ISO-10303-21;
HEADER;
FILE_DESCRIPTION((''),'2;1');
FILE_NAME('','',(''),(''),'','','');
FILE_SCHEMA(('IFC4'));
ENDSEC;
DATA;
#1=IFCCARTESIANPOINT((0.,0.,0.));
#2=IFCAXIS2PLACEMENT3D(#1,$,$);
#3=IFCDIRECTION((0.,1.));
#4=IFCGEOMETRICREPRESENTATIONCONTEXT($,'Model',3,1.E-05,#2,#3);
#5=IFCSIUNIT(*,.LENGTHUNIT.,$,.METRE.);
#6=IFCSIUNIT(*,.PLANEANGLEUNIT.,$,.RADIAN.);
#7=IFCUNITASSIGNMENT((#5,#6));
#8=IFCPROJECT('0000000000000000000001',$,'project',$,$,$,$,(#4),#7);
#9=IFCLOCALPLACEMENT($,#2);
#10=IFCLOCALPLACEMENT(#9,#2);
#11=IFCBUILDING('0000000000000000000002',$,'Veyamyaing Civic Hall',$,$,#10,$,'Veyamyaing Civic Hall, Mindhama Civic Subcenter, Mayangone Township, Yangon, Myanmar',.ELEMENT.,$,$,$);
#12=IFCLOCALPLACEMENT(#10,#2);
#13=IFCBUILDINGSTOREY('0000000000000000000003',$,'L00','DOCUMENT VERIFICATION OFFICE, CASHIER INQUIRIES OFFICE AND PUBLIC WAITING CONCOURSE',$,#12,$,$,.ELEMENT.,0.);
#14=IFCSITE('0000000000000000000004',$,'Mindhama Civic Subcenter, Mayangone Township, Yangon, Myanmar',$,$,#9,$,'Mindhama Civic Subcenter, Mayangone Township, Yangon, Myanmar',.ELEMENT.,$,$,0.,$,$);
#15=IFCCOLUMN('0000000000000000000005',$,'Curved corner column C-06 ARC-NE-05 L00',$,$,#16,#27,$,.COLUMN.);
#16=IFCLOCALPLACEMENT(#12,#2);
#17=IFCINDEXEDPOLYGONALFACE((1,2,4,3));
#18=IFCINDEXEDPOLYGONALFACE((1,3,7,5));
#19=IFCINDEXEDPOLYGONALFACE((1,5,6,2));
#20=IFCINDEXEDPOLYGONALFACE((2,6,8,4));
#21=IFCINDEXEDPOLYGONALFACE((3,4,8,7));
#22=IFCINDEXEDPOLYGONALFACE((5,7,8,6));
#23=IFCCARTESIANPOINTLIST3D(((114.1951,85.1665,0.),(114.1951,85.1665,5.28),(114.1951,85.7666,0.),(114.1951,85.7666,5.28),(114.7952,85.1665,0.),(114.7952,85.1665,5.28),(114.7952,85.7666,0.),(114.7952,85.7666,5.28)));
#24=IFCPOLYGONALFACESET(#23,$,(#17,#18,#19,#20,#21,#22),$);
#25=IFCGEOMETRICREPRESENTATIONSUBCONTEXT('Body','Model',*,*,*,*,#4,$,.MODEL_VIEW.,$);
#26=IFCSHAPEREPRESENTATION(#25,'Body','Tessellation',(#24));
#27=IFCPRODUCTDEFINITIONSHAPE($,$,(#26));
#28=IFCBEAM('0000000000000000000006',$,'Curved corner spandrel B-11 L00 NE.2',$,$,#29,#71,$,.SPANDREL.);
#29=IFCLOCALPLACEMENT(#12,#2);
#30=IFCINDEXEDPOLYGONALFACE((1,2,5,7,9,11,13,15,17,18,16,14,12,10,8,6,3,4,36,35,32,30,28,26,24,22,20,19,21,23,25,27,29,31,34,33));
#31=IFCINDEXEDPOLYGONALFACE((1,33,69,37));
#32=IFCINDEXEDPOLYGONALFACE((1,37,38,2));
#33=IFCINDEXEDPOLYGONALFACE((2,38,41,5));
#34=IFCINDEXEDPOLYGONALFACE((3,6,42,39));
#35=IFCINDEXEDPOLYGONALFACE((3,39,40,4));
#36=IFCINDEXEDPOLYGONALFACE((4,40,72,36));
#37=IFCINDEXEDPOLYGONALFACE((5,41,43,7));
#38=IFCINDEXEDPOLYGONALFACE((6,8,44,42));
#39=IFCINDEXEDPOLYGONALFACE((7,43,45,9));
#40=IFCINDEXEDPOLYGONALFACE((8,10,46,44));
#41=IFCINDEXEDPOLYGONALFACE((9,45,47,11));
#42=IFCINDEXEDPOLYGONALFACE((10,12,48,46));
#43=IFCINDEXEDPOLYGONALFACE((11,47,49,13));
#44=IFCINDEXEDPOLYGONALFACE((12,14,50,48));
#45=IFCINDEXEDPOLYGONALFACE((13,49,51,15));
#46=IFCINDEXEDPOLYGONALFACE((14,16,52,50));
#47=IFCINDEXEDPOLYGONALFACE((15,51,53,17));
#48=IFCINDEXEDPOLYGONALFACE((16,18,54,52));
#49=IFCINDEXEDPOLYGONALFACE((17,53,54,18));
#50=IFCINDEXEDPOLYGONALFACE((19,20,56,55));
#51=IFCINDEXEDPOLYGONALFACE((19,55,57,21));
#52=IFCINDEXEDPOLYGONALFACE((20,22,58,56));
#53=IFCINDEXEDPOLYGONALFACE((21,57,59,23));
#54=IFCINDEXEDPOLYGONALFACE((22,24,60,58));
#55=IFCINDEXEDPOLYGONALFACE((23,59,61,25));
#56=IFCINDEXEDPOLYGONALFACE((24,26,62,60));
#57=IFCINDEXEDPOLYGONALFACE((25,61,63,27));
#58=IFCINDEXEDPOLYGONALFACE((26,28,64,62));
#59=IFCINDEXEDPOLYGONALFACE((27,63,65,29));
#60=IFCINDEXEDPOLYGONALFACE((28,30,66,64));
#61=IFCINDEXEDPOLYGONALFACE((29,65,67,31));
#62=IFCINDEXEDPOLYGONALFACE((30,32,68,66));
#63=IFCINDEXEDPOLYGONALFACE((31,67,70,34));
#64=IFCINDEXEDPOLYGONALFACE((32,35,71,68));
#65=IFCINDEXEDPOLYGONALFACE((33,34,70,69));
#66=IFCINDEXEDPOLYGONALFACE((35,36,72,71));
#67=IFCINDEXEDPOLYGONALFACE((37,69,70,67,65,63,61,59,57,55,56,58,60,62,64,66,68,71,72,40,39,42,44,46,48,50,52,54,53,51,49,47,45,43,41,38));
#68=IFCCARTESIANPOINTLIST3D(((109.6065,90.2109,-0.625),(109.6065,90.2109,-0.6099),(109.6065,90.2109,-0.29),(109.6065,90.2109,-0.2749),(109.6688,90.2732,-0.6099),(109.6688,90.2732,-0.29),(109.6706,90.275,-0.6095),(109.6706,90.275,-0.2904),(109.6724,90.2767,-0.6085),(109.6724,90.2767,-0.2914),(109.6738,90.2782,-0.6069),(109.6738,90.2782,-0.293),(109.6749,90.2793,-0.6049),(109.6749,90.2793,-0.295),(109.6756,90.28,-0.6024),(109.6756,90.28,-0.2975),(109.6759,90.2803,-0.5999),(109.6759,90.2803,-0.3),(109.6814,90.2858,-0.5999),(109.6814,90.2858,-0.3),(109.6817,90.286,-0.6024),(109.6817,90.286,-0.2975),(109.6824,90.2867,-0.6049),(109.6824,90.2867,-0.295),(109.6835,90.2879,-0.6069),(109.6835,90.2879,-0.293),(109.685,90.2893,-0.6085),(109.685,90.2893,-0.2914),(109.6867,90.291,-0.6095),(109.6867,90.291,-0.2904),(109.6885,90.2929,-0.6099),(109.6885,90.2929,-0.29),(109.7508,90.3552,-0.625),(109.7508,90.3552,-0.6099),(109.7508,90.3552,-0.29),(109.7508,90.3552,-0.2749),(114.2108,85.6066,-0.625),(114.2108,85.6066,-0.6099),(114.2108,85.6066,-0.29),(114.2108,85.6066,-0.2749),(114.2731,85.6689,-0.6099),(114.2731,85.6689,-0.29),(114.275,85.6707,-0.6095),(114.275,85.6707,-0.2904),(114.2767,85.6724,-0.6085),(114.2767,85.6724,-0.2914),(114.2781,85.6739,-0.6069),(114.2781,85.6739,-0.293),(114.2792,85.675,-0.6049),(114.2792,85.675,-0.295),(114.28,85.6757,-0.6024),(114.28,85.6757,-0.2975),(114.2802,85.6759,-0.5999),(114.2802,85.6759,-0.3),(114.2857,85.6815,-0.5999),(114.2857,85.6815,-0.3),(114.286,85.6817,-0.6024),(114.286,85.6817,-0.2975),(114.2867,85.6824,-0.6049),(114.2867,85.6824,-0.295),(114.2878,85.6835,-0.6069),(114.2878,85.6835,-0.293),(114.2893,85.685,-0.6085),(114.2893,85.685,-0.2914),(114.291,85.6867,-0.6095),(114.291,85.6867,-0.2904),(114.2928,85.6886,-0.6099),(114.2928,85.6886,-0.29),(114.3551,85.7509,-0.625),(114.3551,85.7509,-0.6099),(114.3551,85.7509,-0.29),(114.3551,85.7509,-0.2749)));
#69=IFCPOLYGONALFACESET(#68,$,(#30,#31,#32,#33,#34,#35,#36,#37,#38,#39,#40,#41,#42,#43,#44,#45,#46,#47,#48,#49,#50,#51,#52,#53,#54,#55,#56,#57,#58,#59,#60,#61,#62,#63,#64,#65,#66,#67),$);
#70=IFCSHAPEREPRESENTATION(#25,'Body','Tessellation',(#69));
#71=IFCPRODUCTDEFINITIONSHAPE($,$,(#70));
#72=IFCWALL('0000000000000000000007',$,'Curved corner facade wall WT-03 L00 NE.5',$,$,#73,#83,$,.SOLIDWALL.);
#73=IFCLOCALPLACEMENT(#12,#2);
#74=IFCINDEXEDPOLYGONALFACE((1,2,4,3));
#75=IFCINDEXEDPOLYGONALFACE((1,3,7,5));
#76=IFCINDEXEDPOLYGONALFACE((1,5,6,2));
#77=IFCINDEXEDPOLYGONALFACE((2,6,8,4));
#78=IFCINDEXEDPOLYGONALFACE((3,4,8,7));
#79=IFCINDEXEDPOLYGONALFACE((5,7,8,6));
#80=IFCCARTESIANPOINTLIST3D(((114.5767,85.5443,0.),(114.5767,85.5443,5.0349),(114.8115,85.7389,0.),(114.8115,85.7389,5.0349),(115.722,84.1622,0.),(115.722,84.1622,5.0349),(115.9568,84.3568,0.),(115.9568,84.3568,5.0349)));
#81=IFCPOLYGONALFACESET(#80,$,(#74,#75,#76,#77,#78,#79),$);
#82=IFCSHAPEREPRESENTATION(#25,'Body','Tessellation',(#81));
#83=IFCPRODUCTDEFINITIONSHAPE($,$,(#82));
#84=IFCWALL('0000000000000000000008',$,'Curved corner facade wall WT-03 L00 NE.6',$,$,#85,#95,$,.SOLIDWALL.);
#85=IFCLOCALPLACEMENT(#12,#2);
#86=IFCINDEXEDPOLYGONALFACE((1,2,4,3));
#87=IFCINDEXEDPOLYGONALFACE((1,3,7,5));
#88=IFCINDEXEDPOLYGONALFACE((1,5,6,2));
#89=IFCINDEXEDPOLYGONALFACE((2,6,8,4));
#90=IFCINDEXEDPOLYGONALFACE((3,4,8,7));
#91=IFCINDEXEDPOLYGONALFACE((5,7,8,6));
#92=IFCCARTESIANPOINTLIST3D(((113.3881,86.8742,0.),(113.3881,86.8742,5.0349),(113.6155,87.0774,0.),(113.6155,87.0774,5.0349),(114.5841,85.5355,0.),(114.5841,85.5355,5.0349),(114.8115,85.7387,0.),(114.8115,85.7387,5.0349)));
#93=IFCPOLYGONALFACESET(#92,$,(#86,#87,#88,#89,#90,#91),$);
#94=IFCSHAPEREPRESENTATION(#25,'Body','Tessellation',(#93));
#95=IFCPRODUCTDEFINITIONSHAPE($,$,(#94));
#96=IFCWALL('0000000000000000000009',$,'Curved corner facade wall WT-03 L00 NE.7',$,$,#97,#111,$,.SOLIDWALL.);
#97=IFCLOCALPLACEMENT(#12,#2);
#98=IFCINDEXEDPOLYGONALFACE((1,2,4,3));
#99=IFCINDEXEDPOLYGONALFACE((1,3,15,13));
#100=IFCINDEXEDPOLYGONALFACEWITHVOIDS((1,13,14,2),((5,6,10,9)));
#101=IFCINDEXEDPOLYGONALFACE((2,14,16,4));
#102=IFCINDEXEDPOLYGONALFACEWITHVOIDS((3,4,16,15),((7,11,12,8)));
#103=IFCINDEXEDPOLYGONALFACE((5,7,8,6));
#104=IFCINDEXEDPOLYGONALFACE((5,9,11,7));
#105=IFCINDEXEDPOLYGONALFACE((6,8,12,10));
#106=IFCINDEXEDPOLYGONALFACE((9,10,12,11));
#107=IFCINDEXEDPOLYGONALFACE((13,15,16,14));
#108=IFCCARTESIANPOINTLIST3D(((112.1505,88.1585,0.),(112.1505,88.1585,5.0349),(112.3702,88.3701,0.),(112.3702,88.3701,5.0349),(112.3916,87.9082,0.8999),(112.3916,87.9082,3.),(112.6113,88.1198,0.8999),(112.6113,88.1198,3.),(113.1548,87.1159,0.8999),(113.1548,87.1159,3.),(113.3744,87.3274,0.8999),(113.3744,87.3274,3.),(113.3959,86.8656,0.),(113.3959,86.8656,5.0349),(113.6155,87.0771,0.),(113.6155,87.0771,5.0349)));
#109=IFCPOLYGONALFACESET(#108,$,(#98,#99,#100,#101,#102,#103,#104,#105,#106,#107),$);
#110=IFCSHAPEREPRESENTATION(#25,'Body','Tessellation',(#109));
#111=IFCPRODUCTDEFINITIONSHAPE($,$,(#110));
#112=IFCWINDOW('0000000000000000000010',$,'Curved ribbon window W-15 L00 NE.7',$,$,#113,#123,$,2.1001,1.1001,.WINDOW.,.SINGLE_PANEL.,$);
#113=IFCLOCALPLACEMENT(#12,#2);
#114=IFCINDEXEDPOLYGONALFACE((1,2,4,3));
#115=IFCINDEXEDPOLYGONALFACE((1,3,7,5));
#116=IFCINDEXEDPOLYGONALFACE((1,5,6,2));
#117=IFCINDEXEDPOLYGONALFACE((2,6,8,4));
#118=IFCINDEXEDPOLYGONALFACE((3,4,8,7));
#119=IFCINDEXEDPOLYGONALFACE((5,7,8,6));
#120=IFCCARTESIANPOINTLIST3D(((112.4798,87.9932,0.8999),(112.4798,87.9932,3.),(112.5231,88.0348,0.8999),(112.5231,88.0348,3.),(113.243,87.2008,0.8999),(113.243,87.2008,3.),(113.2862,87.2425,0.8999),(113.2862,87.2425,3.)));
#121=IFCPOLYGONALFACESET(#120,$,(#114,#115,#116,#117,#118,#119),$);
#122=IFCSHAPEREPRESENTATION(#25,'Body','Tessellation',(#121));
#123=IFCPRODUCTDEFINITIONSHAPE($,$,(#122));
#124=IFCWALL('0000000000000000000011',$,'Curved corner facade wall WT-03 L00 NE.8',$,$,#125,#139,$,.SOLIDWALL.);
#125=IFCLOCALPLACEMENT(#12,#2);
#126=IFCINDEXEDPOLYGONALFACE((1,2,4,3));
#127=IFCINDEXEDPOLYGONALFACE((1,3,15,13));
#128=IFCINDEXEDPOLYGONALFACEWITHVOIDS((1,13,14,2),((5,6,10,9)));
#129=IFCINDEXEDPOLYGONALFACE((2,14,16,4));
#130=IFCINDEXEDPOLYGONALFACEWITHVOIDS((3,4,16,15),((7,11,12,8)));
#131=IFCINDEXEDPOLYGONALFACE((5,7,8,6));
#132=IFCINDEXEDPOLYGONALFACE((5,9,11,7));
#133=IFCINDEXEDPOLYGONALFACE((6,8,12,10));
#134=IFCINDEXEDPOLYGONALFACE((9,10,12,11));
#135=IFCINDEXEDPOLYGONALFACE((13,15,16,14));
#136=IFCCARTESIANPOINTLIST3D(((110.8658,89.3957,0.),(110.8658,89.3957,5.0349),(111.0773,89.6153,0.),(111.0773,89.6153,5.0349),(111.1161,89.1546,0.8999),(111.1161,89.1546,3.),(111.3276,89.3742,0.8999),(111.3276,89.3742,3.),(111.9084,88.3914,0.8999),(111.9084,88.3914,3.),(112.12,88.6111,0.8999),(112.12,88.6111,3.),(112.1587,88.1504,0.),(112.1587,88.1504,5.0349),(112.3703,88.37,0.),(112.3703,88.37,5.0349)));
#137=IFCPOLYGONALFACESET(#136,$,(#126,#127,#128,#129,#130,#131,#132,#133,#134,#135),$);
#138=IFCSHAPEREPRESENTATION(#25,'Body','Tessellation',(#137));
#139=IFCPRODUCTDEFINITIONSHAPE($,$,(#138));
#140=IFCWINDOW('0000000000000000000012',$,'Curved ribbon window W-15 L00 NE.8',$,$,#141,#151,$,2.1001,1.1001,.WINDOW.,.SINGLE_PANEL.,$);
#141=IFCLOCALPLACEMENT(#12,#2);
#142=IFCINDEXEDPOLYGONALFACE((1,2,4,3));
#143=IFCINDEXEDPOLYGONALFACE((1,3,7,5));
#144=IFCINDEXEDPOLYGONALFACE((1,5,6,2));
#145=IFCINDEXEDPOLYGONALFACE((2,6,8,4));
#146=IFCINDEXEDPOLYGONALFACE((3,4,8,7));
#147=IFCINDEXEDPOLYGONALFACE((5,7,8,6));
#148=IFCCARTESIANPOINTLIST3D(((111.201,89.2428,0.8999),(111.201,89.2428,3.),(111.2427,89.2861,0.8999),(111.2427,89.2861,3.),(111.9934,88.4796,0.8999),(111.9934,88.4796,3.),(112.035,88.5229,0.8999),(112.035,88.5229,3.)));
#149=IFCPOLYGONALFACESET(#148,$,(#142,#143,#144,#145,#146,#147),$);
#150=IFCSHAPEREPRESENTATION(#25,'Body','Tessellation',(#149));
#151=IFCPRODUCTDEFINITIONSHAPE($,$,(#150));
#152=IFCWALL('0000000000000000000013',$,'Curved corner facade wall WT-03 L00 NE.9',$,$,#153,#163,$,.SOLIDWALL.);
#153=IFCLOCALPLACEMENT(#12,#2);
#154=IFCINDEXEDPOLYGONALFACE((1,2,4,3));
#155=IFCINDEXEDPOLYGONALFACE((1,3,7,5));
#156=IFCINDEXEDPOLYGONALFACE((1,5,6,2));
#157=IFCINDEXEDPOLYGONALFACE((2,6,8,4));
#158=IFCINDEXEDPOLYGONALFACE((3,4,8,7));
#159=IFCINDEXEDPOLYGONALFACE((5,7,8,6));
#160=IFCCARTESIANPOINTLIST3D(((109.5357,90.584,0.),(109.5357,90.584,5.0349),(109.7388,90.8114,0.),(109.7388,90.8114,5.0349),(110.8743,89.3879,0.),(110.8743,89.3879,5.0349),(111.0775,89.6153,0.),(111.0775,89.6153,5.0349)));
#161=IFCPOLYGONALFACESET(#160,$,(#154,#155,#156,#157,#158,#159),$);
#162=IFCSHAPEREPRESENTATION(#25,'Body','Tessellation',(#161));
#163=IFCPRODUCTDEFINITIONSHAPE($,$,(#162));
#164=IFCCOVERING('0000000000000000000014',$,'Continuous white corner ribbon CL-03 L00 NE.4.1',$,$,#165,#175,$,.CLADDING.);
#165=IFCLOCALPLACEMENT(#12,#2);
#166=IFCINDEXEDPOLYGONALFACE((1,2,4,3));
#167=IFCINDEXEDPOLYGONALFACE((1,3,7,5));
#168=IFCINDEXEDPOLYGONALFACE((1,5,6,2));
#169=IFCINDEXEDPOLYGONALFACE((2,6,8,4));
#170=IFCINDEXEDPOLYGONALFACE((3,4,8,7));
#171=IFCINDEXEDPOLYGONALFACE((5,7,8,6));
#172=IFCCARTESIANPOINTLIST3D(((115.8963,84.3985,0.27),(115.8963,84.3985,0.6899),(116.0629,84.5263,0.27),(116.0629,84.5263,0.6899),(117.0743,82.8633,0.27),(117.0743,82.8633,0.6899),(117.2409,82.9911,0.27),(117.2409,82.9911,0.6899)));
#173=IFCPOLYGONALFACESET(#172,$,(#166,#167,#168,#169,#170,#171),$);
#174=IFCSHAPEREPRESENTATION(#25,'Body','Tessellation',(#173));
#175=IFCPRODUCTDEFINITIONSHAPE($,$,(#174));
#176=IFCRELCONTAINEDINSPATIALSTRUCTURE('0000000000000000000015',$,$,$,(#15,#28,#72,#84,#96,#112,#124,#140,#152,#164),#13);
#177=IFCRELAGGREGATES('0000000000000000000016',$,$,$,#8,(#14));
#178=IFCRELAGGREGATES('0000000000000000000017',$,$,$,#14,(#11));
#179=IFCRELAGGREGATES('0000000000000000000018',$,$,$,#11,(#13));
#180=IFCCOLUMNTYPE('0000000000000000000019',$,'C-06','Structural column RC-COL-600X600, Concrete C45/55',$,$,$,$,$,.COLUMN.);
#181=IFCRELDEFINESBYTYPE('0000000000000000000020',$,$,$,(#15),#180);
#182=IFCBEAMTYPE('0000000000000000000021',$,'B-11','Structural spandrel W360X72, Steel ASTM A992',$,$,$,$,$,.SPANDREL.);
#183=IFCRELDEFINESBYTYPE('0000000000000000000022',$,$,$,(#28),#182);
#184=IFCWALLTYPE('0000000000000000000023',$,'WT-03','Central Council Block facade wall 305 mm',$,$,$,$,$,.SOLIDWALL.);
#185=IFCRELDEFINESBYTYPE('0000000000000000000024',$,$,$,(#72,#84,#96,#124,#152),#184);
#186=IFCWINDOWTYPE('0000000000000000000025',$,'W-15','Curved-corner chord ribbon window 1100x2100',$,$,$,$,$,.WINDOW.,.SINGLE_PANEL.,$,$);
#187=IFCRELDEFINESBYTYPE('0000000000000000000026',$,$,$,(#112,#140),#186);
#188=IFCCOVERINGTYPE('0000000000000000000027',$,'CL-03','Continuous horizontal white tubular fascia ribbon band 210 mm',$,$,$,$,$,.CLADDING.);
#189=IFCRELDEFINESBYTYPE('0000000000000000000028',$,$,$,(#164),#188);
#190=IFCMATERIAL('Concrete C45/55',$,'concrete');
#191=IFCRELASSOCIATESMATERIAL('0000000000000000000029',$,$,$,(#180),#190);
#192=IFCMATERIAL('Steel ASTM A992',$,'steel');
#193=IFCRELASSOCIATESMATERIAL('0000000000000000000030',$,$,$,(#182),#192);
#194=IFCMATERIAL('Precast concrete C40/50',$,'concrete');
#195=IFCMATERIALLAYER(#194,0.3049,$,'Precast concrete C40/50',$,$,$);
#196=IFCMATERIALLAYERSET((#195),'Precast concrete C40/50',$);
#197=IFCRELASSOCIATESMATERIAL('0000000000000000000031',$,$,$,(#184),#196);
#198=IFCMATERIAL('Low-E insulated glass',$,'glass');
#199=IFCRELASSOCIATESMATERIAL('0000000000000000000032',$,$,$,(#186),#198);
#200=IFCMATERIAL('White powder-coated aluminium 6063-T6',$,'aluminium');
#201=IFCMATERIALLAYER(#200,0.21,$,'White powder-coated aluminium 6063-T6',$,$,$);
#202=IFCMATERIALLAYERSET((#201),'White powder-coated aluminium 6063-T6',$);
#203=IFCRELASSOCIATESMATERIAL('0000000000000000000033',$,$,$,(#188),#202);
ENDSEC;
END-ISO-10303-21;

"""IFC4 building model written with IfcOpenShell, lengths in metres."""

from ifc_helpers import new_model, si_unit, direction, frame, frame_2d, origin, origin_2d, place, context, subcontext, project, spatial, rectangle, i_section, extrude, material, layer, layer_set, material_profile, profile_set, type_object, element, fill, save


model = new_model("IFC4")

# Units and contexts
model_context = context("Model", 3, precision=1e-05, world=origin(), true_north=direction((0.0, 1.0)))
body_context = subcontext(model_context, "Body", "Model", "MODEL_VIEW")
ifc_project = project(units=[si_unit("LENGTHUNIT", "METRE"), si_unit("PLANEANGLEUNIT", "RADIAN")], contexts=[model_context])

# Site, building, storey
site_placement = place(None, origin())
site = spatial("IfcSite", under=ifc_project, at=site_placement, Name="Mindhama Civic Subcenter, Mayangone Township, Yangon, Myanmar", LongName="Mindhama Civic Subcenter, Mayangone Township, Yangon, Myanmar", CompositionType="ELEMENT", RefElevation=0.0)
building_placement = place(site_placement, origin())
building = spatial("IfcBuilding", under=site, at=building_placement, Name="Veyamyaing Civic Hall", LongName="Veyamyaing Civic Hall, Mindhama Civic Subcenter, Mayangone Township, Yangon, Myanmar", CompositionType="ELEMENT")
storey_placement = place(building_placement, origin())
storey = spatial("IfcBuildingStorey", under=building, at=storey_placement, Name="L00", Description="DOCUMENT VERIFICATION OFFICE, CASHIER INQUIRIES OFFICE AND PUBLIC WAITING CONCOURSE", CompositionType="ELEMENT", Elevation=0.0)

# Column
ifc_material_1 = material(Name="Concrete C45/55", Category="concrete")
ifc_material_profile_1 = material_profile(ifc_material_1, rectangle(XDim=0.6001, YDim=0.6001, at=origin_2d()), Name="RC-COL-600X600")
ifc_profile_set_1 = profile_set([ifc_material_profile_1], Name="Concrete C45/55")
column_type = type_object("IfcColumnType", Name="C-06", Description="Structural column RC-COL-600X600, Concrete C45/55", PredefinedType="COLUMN", material=ifc_profile_set_1)
column_placement = place(storey_placement, frame((114.4951, 85.4666, 0.0), z_axis=(0.0, 0.0, 1.0), x_axis=(1.0, 0.0, 0.0)))
element("IfcColumn", 1, at=column_placement, inside=storey, type_object=column_type, Name="Curved corner column C-06 ARC-NE-05 L00", PredefinedType="COLUMN", context=body_context, shape_type="SweptSolid", body=[
    extrude(rectangle(XDim=0.6001, YDim=0.6001, at=origin_2d()), origin(), (0.0, 0.0, 1.0), 5.28),
])

# Beam
ifc_material_2 = material(Name="Steel ASTM A992", Category="steel")
ifc_material_profile_2 = material_profile(ifc_material_2, i_section(OverallWidth=0.2041, OverallDepth=0.3501, WebThickness=0.0078, FlangeThickness=0.0151, FilletRadius=0.01, at=origin_2d()), Name="W360X72")
ifc_profile_set_2 = profile_set([ifc_material_profile_2], Name="Steel ASTM A992")
beam_type = type_object("IfcBeamType", Name="B-11", Description="Structural spandrel W360X72, Steel ASTM A992", PredefinedType="SPANDREL", material=ifc_profile_set_2)
beam_placement = place(storey_placement, frame((114.283, 85.6787, -0.45), z_axis=(-0.707107, 0.707107, 0.0), x_axis=(-0.707107, -0.707107, 0.0)))
element("IfcBeam", 2, at=beam_placement, inside=storey, type_object=beam_type, Name="Curved corner spandrel B-11 L00 NE.2", PredefinedType="SPANDREL", context=body_context, shape_type="SweptSolid", body=[
    extrude(i_section(OverallWidth=0.2041, OverallDepth=0.3501, WebThickness=0.0078, FlangeThickness=0.0151, FilletRadius=0.01, at=origin_2d()), origin(), (0.0, 0.0, 1.0), 6.5115),
])

# Walls
ifc_material_3 = material(Name="Precast concrete C40/50", Category="concrete")
ifc_layer_1 = layer(ifc_material_3, 0.3049, Name="Precast concrete C40/50")
ifc_layer_set_1 = layer_set([ifc_layer_1], Name="Precast concrete C40/50")
wall_type = type_object("IfcWallType", Name="WT-03", Description="Central Council Block facade wall 305 mm", PredefinedType="SOLIDWALL", material=ifc_layer_set_1)
wall_1_placement = place(storey_placement, frame((115.8394, 84.2595, 0.0), z_axis=(0.0, 0.0, 1.0), x_axis=(-0.638055, 0.769991, 0.0)))
element("IfcWall", 3, at=wall_1_placement, inside=storey, type_object=wall_type, Name="Curved corner facade wall WT-03 L00 NE.5", PredefinedType="SOLIDWALL", context=body_context, shape_type="SweptSolid", body=[
    extrude(rectangle(XDim=1.7949, YDim=0.3049, at=frame_2d((0.8975, 0.0))), origin(), (0.0, 0.0, 1.0), 5.0349),
])
wall_2_placement = place(storey_placement, frame((114.6978, 85.6372, 0.0), z_axis=(0.0, 0.0, 1.0), x_axis=(-0.666278, 0.745704, 0.0)))
element("IfcWall", 4, at=wall_2_placement, inside=storey, type_object=wall_type, Name="Curved corner facade wall WT-03 L00 NE.6", PredefinedType="SOLIDWALL", context=body_context, shape_type="SweptSolid", body=[
    extrude(rectangle(XDim=1.7952, YDim=0.3049, at=frame_2d((0.8975, 0.0))), origin(), (0.0, 0.0, 1.0), 5.0349),
])

# Walls, openings, windows
wall_3_placement = place(storey_placement, frame((113.5056, 86.9714, 0.0), z_axis=(0.0, 0.0, 1.0), x_axis=(-0.693723, 0.720242, 0.0)))
wall_3 = element("IfcWall", 5, at=wall_3_placement, inside=storey, type_object=wall_type, Name="Curved corner facade wall WT-03 L00 NE.7", PredefinedType="SOLIDWALL", context=body_context, shape_type="SweptSolid", body=[
    extrude(rectangle(XDim=1.7952, YDim=0.3049, at=frame_2d((0.8975, 0.0))), origin(), (0.0, 0.0, 1.0), 5.0349),
])
opening_1_placement = place(wall_3_placement, frame((0.3474, 0.0, 0.8999)))
opening_1 = element("IfcOpeningElement", 6, at=opening_1_placement, cuts=wall_3, PredefinedType="OPENING", context=body_context, shape_type="SweptSolid", body=[
    extrude(rectangle(XDim=1.1001, YDim=2.1001, at=frame_2d((0.55, 1.05))), frame((0.0, 0.1624, 0.0), z_axis=(0.0, -1.0, 0.0), x_axis=(1.0, 0.0, 0.0)), (0.0, 0.0, 1.0), 0.325),
])
ifc_material_4 = material(Name="Low-E insulated glass", Category="glass")
window_type = type_object("IfcWindowType", Name="W-15", Description="Curved-corner chord ribbon window 1100x2100", PartitioningType="SINGLE_PANEL", PredefinedType="WINDOW", material=ifc_material_4)
window_1_placement = place(opening_1_placement, origin())
window_1 = element("IfcWindow", 7, at=window_1_placement, inside=storey, type_object=window_type, Name="Curved ribbon window W-15 L00 NE.7", OverallHeight=2.1001, OverallWidth=1.1001, PartitioningType="SINGLE_PANEL", PredefinedType="WINDOW", context=body_context, shape_type="SweptSolid", body=[
    extrude(rectangle(XDim=1.1001, YDim=2.1001, at=frame_2d((0.55, 1.05))), frame((0.0, 0.03, 0.0), z_axis=(0.0, -1.0, 0.0), x_axis=(1.0, 0.0, 0.0)), (0.0, 0.0, 1.0), 0.0601),
])
fill(opening_1, window_1)
wall_4_placement = place(storey_placement, frame((112.2644, 88.2603, 0.0), z_axis=(0.0, 0.0, 1.0), x_axis=(-0.720242, 0.693723, 0.0)))
wall_4 = element("IfcWall", 8, at=wall_4_placement, inside=storey, type_object=wall_type, Name="Curved corner facade wall WT-03 L00 NE.8", PredefinedType="SOLIDWALL", context=body_context, shape_type="SweptSolid", body=[
    extrude(rectangle(XDim=1.7952, YDim=0.3049, at=frame_2d((0.8975, 0.0))), origin(), (0.0, 0.0, 1.0), 5.0349),
])
opening_2_placement = place(wall_4_placement, frame((0.3474, 0.0, 0.8999)))
opening_2 = element("IfcOpeningElement", 9, at=opening_2_placement, cuts=wall_4, PredefinedType="OPENING", context=body_context, shape_type="SweptSolid", body=[
    extrude(rectangle(XDim=1.1001, YDim=2.1001, at=frame_2d((0.55, 1.05))), frame((0.0, 0.1624, 0.0), z_axis=(0.0, -1.0, 0.0), x_axis=(1.0, 0.0, 0.0)), (0.0, 0.0, 1.0), 0.325),
])
window_2_placement = place(opening_2_placement, origin())
window_2 = element("IfcWindow", 10, at=window_2_placement, inside=storey, type_object=window_type, Name="Curved ribbon window W-15 L00 NE.8", OverallHeight=2.1001, OverallWidth=1.1001, PartitioningType="SINGLE_PANEL", PredefinedType="WINDOW", context=body_context, shape_type="SweptSolid", body=[
    extrude(rectangle(XDim=1.1001, YDim=2.1001, at=frame_2d((0.55, 1.05))), frame((0.0, 0.03, 0.0), z_axis=(0.0, -1.0, 0.0), x_axis=(1.0, 0.0, 0.0)), (0.0, 0.0, 1.0), 0.0601),
])
fill(opening_2, window_2)

# Wall
wall_5_placement = place(storey_placement, frame((110.9758, 89.5017, 0.0), z_axis=(0.0, 0.0, 1.0), x_axis=(-0.745704, 0.666278, 0.0)))
element("IfcWall", 11, at=wall_5_placement, inside=storey, type_object=wall_type, Name="Curved corner facade wall WT-03 L00 NE.9", PredefinedType="SOLIDWALL", context=body_context, shape_type="SweptSolid", body=[
    extrude(rectangle(XDim=1.7952, YDim=0.3049, at=frame_2d((0.8975, 0.0))), origin(), (0.0, 0.0, 1.0), 5.0349),
])

# Covering
ifc_material_5 = material(Name="White powder-coated aluminium 6063-T6", Category="aluminium")
ifc_layer_2 = layer(ifc_material_5, 0.21, Name="White powder-coated aluminium 6063-T6")
ifc_layer_set_2 = layer_set([ifc_layer_2], Name="White powder-coated aluminium 6063-T6")
covering_type = type_object("IfcCoveringType", Name="CL-03", Description="Continuous horizontal white tubular fascia ribbon band 210 mm", PredefinedType="CLADDING", material=ifc_layer_set_2)
for number, where, z_axis, x_axis, name in (
    (12, (116.5686, 83.6948, 0.27), (0.0, 0.0, 1.0), (-0.608761, 0.793353, 0.0), "Continuous white corner ribbon CL-03 L00 NE.4.1"),
):
    element("IfcCovering", number, at=place(storey_placement, frame(where, z_axis=z_axis, x_axis=x_axis)), inside=storey, type_object=covering_type, Name=name, PredefinedType="CLADDING", context=body_context, shape_type="SweptSolid", body=[
        extrude(rectangle(XDim=1.9351, YDim=0.21, at=origin_2d()), origin(), (0.0, 0.0, 1.0), 0.4199),
    ])

save(model, "model.ifc")
